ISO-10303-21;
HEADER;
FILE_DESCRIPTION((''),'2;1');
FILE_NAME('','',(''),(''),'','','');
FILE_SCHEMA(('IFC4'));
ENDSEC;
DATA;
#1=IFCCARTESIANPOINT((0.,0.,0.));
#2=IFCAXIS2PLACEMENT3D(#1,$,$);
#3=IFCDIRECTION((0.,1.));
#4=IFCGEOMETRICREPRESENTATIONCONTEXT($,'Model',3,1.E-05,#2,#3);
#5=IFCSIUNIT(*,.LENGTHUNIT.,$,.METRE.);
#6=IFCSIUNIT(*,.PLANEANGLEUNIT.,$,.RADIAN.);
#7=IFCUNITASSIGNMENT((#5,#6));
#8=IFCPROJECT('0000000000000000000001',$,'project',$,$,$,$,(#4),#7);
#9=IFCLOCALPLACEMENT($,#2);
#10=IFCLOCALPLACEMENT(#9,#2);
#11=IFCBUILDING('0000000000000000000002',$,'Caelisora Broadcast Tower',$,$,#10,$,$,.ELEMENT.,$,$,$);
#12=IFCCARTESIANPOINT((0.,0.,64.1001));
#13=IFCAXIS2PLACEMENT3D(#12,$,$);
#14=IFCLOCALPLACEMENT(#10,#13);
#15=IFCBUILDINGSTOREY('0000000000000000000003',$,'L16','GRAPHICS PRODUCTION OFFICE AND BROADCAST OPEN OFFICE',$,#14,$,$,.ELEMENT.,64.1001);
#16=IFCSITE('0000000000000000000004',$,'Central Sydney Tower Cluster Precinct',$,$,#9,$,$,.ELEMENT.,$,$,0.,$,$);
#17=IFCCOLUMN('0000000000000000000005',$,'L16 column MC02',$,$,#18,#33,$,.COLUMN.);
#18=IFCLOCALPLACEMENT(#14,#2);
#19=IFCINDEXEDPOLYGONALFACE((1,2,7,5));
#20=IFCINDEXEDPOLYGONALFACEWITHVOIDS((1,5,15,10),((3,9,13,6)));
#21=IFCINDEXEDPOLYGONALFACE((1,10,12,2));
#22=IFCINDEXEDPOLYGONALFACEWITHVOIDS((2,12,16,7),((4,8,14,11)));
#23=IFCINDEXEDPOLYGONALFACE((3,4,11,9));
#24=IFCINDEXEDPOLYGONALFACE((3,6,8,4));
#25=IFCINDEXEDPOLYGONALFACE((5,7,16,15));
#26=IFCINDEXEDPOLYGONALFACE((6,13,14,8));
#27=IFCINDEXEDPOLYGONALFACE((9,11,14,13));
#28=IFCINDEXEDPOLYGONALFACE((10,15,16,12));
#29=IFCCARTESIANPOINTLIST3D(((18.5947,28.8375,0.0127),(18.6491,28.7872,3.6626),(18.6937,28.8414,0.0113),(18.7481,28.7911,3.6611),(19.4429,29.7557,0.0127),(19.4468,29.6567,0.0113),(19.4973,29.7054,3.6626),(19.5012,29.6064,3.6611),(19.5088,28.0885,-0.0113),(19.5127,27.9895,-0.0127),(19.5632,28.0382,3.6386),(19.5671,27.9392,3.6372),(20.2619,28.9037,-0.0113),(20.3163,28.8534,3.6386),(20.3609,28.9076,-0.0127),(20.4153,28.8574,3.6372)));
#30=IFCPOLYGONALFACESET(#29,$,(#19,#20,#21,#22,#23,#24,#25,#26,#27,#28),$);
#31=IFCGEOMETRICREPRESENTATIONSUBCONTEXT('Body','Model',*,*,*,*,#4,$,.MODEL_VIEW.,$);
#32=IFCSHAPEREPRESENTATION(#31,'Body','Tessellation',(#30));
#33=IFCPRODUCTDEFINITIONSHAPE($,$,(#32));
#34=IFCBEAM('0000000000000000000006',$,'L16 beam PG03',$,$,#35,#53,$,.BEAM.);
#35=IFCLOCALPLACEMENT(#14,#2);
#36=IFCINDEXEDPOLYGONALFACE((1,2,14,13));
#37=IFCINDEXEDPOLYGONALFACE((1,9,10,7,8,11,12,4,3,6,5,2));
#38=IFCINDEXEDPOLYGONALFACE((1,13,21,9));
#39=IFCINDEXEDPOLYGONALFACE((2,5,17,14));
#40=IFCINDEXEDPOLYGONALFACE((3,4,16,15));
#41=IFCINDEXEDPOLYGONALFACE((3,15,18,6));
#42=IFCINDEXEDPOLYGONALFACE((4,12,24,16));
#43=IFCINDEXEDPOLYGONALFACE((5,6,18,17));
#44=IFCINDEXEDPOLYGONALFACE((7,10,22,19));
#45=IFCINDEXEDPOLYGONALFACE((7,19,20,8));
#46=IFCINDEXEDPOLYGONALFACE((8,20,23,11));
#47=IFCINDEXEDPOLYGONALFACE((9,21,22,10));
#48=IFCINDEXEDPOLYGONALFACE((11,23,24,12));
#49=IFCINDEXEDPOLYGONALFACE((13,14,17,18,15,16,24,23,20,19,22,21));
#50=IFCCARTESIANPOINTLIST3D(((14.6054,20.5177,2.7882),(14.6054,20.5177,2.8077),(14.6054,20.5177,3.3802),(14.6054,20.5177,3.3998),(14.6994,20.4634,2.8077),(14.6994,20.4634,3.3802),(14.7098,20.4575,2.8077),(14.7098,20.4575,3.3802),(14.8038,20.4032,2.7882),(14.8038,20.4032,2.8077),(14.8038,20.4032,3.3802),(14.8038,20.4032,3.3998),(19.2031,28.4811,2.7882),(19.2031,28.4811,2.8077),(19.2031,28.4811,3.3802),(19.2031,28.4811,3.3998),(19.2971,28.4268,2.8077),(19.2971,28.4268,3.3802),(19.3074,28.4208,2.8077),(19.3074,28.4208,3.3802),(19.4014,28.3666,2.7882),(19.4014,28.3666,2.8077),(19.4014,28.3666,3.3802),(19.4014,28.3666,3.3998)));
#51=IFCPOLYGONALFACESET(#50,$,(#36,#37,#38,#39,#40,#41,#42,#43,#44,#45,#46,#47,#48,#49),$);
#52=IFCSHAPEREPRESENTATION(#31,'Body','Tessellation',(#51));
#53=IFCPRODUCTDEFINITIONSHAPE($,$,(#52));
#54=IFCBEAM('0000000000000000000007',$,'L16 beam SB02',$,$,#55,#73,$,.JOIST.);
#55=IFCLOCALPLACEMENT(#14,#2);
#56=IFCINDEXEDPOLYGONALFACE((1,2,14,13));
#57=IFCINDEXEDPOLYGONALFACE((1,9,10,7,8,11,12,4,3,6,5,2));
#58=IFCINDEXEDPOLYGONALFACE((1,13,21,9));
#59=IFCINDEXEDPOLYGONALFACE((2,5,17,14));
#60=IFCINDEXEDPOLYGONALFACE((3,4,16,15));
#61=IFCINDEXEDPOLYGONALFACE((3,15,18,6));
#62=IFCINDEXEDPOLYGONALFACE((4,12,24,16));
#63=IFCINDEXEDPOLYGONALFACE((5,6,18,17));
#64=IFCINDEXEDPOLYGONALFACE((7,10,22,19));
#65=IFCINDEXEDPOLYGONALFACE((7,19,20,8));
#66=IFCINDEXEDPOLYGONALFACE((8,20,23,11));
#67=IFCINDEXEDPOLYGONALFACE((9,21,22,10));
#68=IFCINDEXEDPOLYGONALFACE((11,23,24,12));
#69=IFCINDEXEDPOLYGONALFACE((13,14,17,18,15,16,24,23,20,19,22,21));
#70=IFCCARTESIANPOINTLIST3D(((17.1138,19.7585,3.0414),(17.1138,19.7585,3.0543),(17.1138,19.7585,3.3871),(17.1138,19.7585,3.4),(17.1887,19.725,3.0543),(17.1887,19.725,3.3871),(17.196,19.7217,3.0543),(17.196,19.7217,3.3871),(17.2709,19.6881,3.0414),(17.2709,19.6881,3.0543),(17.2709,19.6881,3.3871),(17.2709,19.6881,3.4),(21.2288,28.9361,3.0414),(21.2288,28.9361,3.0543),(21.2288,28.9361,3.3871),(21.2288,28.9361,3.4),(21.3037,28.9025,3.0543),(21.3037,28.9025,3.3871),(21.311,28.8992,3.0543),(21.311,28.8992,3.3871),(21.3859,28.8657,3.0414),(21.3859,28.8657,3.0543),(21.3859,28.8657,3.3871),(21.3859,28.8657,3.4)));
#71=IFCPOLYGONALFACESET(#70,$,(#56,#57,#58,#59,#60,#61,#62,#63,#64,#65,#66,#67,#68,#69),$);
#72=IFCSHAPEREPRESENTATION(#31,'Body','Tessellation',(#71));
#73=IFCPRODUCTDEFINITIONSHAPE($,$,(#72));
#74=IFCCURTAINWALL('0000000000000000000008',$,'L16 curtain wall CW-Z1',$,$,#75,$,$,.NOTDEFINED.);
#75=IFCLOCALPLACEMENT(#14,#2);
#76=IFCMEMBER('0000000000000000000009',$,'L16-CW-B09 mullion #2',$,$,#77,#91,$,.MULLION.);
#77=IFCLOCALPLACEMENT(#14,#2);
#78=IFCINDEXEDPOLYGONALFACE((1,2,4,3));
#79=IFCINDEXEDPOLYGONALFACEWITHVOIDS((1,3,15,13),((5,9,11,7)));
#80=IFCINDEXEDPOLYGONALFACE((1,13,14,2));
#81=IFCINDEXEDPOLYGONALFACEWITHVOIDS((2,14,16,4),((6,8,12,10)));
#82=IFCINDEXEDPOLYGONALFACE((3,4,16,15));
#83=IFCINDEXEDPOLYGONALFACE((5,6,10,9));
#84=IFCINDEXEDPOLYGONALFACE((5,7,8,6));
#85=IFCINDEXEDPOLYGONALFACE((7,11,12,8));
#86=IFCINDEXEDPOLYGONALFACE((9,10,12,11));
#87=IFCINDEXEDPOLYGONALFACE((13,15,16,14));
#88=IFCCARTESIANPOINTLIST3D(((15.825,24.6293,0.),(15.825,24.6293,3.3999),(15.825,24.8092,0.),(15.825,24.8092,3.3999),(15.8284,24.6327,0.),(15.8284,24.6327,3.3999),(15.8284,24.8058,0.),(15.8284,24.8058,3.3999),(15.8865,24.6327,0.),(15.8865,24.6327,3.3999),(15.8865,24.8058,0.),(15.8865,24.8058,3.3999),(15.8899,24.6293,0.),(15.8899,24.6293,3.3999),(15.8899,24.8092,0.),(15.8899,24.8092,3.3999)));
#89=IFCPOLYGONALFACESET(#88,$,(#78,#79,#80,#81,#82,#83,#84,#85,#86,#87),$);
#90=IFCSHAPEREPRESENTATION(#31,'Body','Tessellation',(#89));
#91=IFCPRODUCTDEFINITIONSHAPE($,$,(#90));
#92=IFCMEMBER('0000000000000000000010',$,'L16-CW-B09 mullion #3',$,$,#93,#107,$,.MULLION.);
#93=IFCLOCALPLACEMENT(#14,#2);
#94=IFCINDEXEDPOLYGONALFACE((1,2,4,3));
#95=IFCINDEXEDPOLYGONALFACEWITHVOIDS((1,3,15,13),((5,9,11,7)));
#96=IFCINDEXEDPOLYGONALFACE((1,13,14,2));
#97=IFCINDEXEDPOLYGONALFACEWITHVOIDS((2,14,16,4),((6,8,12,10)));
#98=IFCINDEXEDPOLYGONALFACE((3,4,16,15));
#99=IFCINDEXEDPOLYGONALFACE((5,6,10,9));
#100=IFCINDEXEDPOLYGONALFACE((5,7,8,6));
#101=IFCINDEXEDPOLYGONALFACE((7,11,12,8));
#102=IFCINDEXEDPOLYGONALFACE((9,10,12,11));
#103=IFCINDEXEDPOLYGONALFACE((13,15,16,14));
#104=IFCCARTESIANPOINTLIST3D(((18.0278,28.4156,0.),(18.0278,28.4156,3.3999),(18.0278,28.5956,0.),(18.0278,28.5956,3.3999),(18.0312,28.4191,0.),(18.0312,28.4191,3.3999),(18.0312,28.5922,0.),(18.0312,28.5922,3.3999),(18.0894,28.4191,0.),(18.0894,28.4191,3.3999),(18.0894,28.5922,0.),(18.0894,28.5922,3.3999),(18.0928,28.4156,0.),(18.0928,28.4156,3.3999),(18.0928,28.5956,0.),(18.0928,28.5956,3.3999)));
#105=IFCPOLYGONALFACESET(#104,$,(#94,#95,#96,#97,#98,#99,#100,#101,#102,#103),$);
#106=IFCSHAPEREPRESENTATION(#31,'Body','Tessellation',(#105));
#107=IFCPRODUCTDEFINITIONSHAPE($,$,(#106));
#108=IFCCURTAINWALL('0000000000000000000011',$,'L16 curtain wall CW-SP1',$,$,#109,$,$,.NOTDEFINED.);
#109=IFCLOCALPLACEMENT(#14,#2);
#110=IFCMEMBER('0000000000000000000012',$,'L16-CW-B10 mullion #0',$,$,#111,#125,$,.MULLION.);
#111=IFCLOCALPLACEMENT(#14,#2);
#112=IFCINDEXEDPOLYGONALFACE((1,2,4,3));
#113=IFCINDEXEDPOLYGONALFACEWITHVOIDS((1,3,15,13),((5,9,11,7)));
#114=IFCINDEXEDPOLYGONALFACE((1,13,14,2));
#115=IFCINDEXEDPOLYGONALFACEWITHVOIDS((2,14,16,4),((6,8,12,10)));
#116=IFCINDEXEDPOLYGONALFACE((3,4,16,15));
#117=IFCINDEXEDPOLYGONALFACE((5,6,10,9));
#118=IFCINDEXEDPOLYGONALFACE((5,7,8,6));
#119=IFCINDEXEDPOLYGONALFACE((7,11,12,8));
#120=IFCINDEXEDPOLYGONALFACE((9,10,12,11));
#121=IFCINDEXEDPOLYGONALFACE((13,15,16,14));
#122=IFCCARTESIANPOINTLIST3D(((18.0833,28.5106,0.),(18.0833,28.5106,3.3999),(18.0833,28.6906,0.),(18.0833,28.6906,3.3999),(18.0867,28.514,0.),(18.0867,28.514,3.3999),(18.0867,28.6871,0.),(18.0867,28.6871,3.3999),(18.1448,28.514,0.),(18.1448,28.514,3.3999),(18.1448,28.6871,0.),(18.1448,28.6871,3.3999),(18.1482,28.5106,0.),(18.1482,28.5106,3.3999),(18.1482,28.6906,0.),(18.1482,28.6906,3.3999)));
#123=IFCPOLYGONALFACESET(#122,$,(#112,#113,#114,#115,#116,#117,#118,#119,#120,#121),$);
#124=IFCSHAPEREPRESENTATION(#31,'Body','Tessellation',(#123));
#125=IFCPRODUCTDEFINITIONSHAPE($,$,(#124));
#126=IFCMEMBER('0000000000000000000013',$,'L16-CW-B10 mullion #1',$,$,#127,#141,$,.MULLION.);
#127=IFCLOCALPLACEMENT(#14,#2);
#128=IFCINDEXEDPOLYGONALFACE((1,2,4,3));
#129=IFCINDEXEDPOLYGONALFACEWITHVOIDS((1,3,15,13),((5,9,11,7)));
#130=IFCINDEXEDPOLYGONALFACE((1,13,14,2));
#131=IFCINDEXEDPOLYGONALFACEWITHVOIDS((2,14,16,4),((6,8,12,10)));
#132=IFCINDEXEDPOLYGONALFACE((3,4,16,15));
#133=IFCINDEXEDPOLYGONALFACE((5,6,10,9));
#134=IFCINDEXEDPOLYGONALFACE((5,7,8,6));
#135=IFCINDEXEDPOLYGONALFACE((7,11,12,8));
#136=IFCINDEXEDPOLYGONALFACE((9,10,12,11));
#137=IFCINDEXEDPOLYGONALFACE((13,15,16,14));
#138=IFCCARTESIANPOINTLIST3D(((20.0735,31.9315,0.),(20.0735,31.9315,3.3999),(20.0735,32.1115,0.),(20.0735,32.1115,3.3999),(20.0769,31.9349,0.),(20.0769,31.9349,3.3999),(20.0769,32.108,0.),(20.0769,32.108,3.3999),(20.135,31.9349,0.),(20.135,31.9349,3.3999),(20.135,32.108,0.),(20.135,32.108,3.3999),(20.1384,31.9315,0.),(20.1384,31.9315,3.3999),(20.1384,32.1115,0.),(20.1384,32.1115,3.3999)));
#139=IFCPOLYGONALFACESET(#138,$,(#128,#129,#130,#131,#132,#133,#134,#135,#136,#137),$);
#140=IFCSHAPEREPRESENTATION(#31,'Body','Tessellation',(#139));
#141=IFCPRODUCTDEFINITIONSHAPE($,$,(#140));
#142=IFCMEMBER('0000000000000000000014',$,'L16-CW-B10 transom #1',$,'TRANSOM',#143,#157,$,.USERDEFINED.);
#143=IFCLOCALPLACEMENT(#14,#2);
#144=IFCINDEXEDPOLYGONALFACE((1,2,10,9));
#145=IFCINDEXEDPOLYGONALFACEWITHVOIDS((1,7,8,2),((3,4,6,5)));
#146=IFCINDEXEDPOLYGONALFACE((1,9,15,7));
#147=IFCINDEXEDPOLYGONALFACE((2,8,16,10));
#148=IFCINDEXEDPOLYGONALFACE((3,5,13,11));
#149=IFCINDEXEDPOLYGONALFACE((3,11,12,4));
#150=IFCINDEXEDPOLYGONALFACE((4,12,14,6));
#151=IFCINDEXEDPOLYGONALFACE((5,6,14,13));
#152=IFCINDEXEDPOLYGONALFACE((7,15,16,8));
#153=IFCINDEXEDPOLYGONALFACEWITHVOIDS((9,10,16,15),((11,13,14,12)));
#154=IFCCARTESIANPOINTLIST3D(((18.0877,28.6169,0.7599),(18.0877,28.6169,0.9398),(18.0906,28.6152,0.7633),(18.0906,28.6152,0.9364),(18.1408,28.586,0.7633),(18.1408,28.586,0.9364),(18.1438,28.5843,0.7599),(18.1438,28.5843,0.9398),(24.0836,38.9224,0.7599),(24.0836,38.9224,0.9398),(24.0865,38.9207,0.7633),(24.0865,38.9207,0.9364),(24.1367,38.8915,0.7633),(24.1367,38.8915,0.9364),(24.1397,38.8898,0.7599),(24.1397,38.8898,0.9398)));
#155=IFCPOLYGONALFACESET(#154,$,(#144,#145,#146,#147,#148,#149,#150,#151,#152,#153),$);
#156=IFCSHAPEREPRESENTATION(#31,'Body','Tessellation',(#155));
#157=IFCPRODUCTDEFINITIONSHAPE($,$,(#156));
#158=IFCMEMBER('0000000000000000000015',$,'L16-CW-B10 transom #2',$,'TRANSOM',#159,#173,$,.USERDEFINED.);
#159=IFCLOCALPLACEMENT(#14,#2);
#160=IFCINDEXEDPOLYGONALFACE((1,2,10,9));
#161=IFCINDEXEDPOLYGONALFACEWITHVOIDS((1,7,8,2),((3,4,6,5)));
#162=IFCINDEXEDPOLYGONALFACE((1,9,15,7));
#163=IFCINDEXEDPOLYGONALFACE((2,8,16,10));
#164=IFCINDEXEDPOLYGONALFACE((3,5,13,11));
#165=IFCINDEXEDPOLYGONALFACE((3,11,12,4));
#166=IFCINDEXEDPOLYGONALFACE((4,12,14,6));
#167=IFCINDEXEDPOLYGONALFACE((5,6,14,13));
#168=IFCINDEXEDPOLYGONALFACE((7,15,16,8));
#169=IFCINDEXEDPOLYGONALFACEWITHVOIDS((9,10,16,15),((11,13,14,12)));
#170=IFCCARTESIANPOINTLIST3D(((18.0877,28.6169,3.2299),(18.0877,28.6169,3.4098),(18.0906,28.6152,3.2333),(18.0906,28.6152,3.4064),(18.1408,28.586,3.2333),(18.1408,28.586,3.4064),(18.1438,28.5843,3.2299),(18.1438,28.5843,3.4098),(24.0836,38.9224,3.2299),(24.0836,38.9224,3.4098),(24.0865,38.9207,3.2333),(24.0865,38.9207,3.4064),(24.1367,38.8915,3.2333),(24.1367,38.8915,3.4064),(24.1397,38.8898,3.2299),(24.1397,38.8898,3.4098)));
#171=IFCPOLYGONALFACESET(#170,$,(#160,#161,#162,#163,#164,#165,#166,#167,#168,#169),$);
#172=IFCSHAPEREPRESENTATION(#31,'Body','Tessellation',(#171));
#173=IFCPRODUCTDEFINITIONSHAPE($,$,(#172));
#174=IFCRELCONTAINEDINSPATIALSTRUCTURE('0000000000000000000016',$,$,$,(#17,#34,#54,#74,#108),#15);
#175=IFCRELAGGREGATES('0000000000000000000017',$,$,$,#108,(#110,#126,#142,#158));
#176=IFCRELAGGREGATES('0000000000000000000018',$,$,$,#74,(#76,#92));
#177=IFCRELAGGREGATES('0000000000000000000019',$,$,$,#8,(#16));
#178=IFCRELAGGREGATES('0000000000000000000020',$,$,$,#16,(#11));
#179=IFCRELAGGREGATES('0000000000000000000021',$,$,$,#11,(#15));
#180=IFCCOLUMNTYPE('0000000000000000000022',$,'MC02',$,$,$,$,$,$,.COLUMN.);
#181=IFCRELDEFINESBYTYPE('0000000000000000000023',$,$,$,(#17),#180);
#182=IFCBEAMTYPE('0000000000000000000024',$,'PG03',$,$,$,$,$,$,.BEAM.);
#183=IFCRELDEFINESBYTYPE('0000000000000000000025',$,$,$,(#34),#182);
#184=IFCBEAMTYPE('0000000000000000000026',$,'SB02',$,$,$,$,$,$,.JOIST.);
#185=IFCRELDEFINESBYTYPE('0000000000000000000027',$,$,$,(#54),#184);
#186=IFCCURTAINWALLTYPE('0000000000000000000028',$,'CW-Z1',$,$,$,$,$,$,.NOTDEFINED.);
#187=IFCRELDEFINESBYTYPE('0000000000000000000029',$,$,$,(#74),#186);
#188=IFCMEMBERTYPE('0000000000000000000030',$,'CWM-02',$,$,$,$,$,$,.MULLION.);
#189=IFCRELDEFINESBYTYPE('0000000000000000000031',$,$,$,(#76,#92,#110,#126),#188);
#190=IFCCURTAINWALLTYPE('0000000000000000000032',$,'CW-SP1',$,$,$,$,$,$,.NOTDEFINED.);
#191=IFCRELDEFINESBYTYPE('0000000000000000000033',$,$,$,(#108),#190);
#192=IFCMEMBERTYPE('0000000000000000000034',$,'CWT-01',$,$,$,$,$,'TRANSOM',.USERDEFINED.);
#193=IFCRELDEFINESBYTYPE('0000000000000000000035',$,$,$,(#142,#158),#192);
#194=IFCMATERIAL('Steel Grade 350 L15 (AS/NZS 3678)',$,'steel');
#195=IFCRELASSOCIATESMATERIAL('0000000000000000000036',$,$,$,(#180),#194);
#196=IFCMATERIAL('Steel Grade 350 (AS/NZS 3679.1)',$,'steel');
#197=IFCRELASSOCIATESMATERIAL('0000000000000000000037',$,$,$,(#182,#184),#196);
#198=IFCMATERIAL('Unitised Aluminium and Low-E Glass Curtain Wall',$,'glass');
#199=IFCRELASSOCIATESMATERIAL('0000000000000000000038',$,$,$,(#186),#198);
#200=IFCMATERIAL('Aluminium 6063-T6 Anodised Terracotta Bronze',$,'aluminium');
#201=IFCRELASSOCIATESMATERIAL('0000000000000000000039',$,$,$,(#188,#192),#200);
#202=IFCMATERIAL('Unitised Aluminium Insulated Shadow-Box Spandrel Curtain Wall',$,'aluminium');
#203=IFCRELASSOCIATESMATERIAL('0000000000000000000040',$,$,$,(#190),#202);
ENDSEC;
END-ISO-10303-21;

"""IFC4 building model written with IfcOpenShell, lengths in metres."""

from ifc_helpers import new_model, si_unit, direction, frame, origin, origin_2d, place, context, subcontext, project, spatial, hollow_rectangle, i_section, extrude, source, transform, mapped, material, material_profile, profile_set, type_object, type_shapes, element, aggregate, save


model = new_model("IFC4")

# Units and contexts
model_context = context("Model", 3, precision=1e-05, world=origin(), true_north=direction((0.0, 1.0)))
body_context = subcontext(model_context, "Body", "Model", "MODEL_VIEW")
ifc_project = project(units=[si_unit("LENGTHUNIT", "METRE"), si_unit("PLANEANGLEUNIT", "RADIAN")], contexts=[model_context])

# Site, building, storey
site_placement = place(None, origin())
site = spatial("IfcSite", under=ifc_project, at=site_placement, Name="Central Sydney Tower Cluster Precinct", CompositionType="ELEMENT", RefElevation=0.0)
building_placement = place(site_placement, origin())
building = spatial("IfcBuilding", under=site, at=building_placement, Name="Caelisora Broadcast Tower", CompositionType="ELEMENT")
storey_placement = place(building_placement, frame((0.0, 0.0, 64.1001)))
storey = spatial("IfcBuildingStorey", under=building, at=storey_placement, Name="L16", Description="GRAPHICS PRODUCTION OFFICE AND BROADCAST OPEN OFFICE", CompositionType="ELEMENT", Elevation=64.1001)

# Column
ifc_material_1 = material(Name="Steel Grade 350 L15 (AS/NZS 3678)", Category="steel")
ifc_material_profile_1 = material_profile(ifc_material_1, hollow_rectangle(XDim=1.25, YDim=1.25, WallThickness=0.0701, at=origin_2d()), Name="Steel Grade 350 L15 (AS/NZS 3678)")
ifc_profile_set_1 = profile_set([ifc_material_profile_1], Name="Steel Grade 350 L15 (AS/NZS 3678)")
column_type = type_object("IfcColumnType", Name="MC02", PredefinedType="COLUMN", material=ifc_profile_set_1)
shared_shape_1 = source(origin(), body_context, "Body", "SweptSolid", [
    extrude(hollow_rectangle(XDim=1.25, YDim=1.25, WallThickness=0.0701, at=origin_2d()), origin(), (0.0, 0.0, 1.0), 3.6506),
])
type_shapes(column_type, [shared_shape_1])
column_placement = place(storey_placement, frame((19.4778, 28.8726, 0.0), z_axis=(0.014913, -0.013776, 0.999794), x_axis=(0.678554, 0.734551, 0.0)))
element("IfcColumn", 1, at=column_placement, inside=storey, type_object=column_type, Name="L16 column MC02", PredefinedType="COLUMN", context=body_context, shape_type="MappedRepresentation", body=[
    mapped(shared_shape_1, transform((0.0, 0.0, 0.0), scale=1.0)),
])

# Beams
ifc_material_2 = material(Name="Steel Grade 350 (AS/NZS 3679.1)", Category="steel")
ifc_material_profile_2 = material_profile(ifc_material_2, i_section(OverallWidth=0.229, OverallDepth=0.6116, WebThickness=0.012, FlangeThickness=0.0195, at=origin_2d()), Name="Steel Grade 350 (AS/NZS 3679.1)")
ifc_profile_set_2 = profile_set([ifc_material_profile_2], Name="Steel Grade 350 (AS/NZS 3679.1)")
beam_type_1 = type_object("IfcBeamType", Name="PG03", PredefinedType="BEAM", material=ifc_profile_set_2)
shared_shape_2 = source(origin(), body_context, "Body", "SweptSolid", [
    extrude(i_section(OverallWidth=0.229, OverallDepth=0.6116, WebThickness=0.012, FlangeThickness=0.0195, at=origin_2d()), origin(), (0.0, 0.0, 1.0), 9.1953),
])
type_shapes(beam_type_1, [shared_shape_2])
beam_1_placement = place(storey_placement, frame((19.3022, 28.4238, 3.094), z_axis=(-0.5, -0.866026, 0.0), x_axis=(0.866026, -0.5, 0.0)))
element("IfcBeam", 2, at=beam_1_placement, inside=storey, type_object=beam_type_1, Name="L16 beam PG03", PredefinedType="BEAM", context=body_context, shape_type="MappedRepresentation", body=[
    mapped(shared_shape_2, transform((0.0, 0.0, 0.0), scale=1.0)),
])
ifc_material_profile_3 = material_profile(ifc_material_2, i_section(OverallWidth=0.1721, OverallDepth=0.3586, WebThickness=0.0081, FlangeThickness=0.0129, at=origin_2d()), Name="Steel Grade 350 (AS/NZS 3679.1)")
ifc_profile_set_3 = profile_set([ifc_material_profile_3], Name="Steel Grade 350 (AS/NZS 3679.1)")
beam_type_2 = type_object("IfcBeamType", Name="SB02", PredefinedType="JOIST", material=ifc_profile_set_3)
shared_shape_3 = source(origin(), body_context, "Body", "SweptSolid", [
    extrude(i_section(OverallWidth=0.1721, OverallDepth=0.3586, WebThickness=0.0081, FlangeThickness=0.0129, at=origin_2d()), origin(), (0.0, 0.0, 1.0), 10.0579),
])
type_shapes(beam_type_2, [shared_shape_3])
beam_2_placement = place(storey_placement, frame((21.3074, 28.9009, 3.2207), z_axis=(-0.409134, -0.912474, 0.0), x_axis=(0.912474, -0.409134, 0.0)))
element("IfcBeam", 3, at=beam_2_placement, inside=storey, type_object=beam_type_2, Name="L16 beam SB02", PredefinedType="JOIST", context=body_context, shape_type="MappedRepresentation", body=[
    mapped(shared_shape_3, transform((0.0, 0.0, 0.0), scale=1.0)),
])

# Curtain walls, members
ifc_material_3 = material(Name="Unitised Aluminium and Low-E Glass Curtain Wall", Category="glass")
curtain_wall_type_1 = type_object("IfcCurtainWallType", Name="CW-Z1", PredefinedType="NOTDEFINED", material=ifc_material_3)
curtain_wall_1_placement = place(storey_placement, origin())
curtain_wall_1 = element("IfcCurtainWall", 4, at=curtain_wall_1_placement, inside=storey, type_object=curtain_wall_type_1, Name="L16 curtain wall CW-Z1", PredefinedType="NOTDEFINED")
ifc_material_4 = material(Name="Aluminium 6063-T6 Anodised Terracotta Bronze", Category="aluminium")
ifc_material_profile_4 = material_profile(ifc_material_4, hollow_rectangle(XDim=0.0649, YDim=0.1799, WallThickness=0.0034, at=origin_2d()), Name="Aluminium 6063-T6 Anodised Terracotta Bronze")
ifc_profile_set_4 = profile_set([ifc_material_profile_4], Name="Aluminium 6063-T6 Anodised Terracotta Bronze")
member_type_1 = type_object("IfcMemberType", Name="CWM-02", PredefinedType="MULLION", material=ifc_profile_set_4)
shared_shape_4 = source(origin(), body_context, "Body", "SweptSolid", [
    extrude(hollow_rectangle(XDim=0.0649, YDim=0.1799, WallThickness=0.0034, at=origin_2d()), origin(), (0.0, 0.0, 1.0), 3.3999),
])
type_shapes(member_type_1, [shared_shape_4])
member_1_placement = place(storey_placement, frame((15.8574, 24.7192, 0.0), z_axis=(0.0, 0.0, 1.0), x_axis=(1.0, 0.0, 0.0)))
member_1 = element("IfcMember", 5, at=member_1_placement, type_object=member_type_1, Name="L16-CW-B09 mullion #2", PredefinedType="MULLION", context=body_context, shape_type="MappedRepresentation", body=[
    mapped(shared_shape_4, transform((0.0, 0.0, 0.0), scale=1.0)),
])
member_2_placement = place(storey_placement, frame((18.0603, 28.5056, 0.0), z_axis=(0.0, 0.0, 1.0), x_axis=(1.0, 0.0, 0.0)))
member_2 = element("IfcMember", 6, at=member_2_placement, type_object=member_type_1, Name="L16-CW-B09 mullion #3", PredefinedType="MULLION", context=body_context, shape_type="MappedRepresentation", body=[
    mapped(shared_shape_4, transform((0.0, 0.0, 0.0), scale=1.0)),
])
ifc_material_5 = material(Name="Unitised Aluminium Insulated Shadow-Box Spandrel Curtain Wall", Category="aluminium")
curtain_wall_type_2 = type_object("IfcCurtainWallType", Name="CW-SP1", PredefinedType="NOTDEFINED", material=ifc_material_5)
curtain_wall_2_placement = place(storey_placement, origin())
curtain_wall_2 = element("IfcCurtainWall", 7, at=curtain_wall_2_placement, inside=storey, type_object=curtain_wall_type_2, Name="L16 curtain wall CW-SP1", PredefinedType="NOTDEFINED")
member_3_placement = place(storey_placement, frame((18.1157, 28.6006, 0.0), z_axis=(0.0, 0.0, 1.0), x_axis=(1.0, 0.0, 0.0)))
member_3 = element("IfcMember", 8, at=member_3_placement, type_object=member_type_1, Name="L16-CW-B10 mullion #0", PredefinedType="MULLION", context=body_context, shape_type="MappedRepresentation", body=[
    mapped(shared_shape_4, transform((0.0, 0.0, 0.0), scale=1.0)),
])
member_4_placement = place(storey_placement, frame((20.106, 32.0215, 0.0), z_axis=(0.0, 0.0, 1.0), x_axis=(1.0, 0.0, 0.0)))
member_4 = element("IfcMember", 9, at=member_4_placement, type_object=member_type_1, Name="L16-CW-B10 mullion #1", PredefinedType="MULLION", context=body_context, shape_type="MappedRepresentation", body=[
    mapped(shared_shape_4, transform((0.0, 0.0, 0.0), scale=1.0)),
])
ifc_material_profile_5 = material_profile(ifc_material_4, hollow_rectangle(XDim=0.0649, YDim=0.1799, WallThickness=0.0034, at=origin_2d()), Name="Aluminium 6063-T6 Anodised Terracotta Bronze")
ifc_profile_set_5 = profile_set([ifc_material_profile_5], Name="Aluminium 6063-T6 Anodised Terracotta Bronze")
member_type_2 = type_object("IfcMemberType", Name="CWT-01", ElementType="TRANSOM", PredefinedType="USERDEFINED", material=ifc_profile_set_5)
shared_shape_5 = source(origin(), body_context, "Body", "SweptSolid", [
    extrude(hollow_rectangle(XDim=0.0649, YDim=0.1799, WallThickness=0.0034, at=origin_2d()), origin(), (0.0, 0.0, 1.0), 11.9229),
])
type_shapes(member_type_2, [shared_shape_5])
member_5_placement = place(storey_placement, frame((18.1157, 28.6006, 0.8499), z_axis=(0.502892, 0.864349, 0.0), x_axis=(-0.864349, 0.502892, 0.0)))
member_5 = element("IfcMember", 10, at=member_5_placement, type_object=member_type_2, Name="L16-CW-B10 transom #1", ObjectType="TRANSOM", PredefinedType="USERDEFINED", context=body_context, shape_type="MappedRepresentation", body=[
    mapped(shared_shape_5, transform((0.0, 0.0, 0.0), scale=1.0)),
])
member_6_placement = place(storey_placement, frame((18.1157, 28.6006, 3.3198), z_axis=(0.502892, 0.864349, 0.0), x_axis=(-0.864349, 0.502892, 0.0)))
member_6 = element("IfcMember", 11, at=member_6_placement, type_object=member_type_2, Name="L16-CW-B10 transom #2", ObjectType="TRANSOM", PredefinedType="USERDEFINED", context=body_context, shape_type="MappedRepresentation", body=[
    mapped(shared_shape_5, transform((0.0, 0.0, 0.0), scale=1.0)),
])

aggregate(curtain_wall_2, [member_3, member_4, member_5, member_6])
aggregate(curtain_wall_1, [member_1, member_2])

save(model, "model.ifc")
